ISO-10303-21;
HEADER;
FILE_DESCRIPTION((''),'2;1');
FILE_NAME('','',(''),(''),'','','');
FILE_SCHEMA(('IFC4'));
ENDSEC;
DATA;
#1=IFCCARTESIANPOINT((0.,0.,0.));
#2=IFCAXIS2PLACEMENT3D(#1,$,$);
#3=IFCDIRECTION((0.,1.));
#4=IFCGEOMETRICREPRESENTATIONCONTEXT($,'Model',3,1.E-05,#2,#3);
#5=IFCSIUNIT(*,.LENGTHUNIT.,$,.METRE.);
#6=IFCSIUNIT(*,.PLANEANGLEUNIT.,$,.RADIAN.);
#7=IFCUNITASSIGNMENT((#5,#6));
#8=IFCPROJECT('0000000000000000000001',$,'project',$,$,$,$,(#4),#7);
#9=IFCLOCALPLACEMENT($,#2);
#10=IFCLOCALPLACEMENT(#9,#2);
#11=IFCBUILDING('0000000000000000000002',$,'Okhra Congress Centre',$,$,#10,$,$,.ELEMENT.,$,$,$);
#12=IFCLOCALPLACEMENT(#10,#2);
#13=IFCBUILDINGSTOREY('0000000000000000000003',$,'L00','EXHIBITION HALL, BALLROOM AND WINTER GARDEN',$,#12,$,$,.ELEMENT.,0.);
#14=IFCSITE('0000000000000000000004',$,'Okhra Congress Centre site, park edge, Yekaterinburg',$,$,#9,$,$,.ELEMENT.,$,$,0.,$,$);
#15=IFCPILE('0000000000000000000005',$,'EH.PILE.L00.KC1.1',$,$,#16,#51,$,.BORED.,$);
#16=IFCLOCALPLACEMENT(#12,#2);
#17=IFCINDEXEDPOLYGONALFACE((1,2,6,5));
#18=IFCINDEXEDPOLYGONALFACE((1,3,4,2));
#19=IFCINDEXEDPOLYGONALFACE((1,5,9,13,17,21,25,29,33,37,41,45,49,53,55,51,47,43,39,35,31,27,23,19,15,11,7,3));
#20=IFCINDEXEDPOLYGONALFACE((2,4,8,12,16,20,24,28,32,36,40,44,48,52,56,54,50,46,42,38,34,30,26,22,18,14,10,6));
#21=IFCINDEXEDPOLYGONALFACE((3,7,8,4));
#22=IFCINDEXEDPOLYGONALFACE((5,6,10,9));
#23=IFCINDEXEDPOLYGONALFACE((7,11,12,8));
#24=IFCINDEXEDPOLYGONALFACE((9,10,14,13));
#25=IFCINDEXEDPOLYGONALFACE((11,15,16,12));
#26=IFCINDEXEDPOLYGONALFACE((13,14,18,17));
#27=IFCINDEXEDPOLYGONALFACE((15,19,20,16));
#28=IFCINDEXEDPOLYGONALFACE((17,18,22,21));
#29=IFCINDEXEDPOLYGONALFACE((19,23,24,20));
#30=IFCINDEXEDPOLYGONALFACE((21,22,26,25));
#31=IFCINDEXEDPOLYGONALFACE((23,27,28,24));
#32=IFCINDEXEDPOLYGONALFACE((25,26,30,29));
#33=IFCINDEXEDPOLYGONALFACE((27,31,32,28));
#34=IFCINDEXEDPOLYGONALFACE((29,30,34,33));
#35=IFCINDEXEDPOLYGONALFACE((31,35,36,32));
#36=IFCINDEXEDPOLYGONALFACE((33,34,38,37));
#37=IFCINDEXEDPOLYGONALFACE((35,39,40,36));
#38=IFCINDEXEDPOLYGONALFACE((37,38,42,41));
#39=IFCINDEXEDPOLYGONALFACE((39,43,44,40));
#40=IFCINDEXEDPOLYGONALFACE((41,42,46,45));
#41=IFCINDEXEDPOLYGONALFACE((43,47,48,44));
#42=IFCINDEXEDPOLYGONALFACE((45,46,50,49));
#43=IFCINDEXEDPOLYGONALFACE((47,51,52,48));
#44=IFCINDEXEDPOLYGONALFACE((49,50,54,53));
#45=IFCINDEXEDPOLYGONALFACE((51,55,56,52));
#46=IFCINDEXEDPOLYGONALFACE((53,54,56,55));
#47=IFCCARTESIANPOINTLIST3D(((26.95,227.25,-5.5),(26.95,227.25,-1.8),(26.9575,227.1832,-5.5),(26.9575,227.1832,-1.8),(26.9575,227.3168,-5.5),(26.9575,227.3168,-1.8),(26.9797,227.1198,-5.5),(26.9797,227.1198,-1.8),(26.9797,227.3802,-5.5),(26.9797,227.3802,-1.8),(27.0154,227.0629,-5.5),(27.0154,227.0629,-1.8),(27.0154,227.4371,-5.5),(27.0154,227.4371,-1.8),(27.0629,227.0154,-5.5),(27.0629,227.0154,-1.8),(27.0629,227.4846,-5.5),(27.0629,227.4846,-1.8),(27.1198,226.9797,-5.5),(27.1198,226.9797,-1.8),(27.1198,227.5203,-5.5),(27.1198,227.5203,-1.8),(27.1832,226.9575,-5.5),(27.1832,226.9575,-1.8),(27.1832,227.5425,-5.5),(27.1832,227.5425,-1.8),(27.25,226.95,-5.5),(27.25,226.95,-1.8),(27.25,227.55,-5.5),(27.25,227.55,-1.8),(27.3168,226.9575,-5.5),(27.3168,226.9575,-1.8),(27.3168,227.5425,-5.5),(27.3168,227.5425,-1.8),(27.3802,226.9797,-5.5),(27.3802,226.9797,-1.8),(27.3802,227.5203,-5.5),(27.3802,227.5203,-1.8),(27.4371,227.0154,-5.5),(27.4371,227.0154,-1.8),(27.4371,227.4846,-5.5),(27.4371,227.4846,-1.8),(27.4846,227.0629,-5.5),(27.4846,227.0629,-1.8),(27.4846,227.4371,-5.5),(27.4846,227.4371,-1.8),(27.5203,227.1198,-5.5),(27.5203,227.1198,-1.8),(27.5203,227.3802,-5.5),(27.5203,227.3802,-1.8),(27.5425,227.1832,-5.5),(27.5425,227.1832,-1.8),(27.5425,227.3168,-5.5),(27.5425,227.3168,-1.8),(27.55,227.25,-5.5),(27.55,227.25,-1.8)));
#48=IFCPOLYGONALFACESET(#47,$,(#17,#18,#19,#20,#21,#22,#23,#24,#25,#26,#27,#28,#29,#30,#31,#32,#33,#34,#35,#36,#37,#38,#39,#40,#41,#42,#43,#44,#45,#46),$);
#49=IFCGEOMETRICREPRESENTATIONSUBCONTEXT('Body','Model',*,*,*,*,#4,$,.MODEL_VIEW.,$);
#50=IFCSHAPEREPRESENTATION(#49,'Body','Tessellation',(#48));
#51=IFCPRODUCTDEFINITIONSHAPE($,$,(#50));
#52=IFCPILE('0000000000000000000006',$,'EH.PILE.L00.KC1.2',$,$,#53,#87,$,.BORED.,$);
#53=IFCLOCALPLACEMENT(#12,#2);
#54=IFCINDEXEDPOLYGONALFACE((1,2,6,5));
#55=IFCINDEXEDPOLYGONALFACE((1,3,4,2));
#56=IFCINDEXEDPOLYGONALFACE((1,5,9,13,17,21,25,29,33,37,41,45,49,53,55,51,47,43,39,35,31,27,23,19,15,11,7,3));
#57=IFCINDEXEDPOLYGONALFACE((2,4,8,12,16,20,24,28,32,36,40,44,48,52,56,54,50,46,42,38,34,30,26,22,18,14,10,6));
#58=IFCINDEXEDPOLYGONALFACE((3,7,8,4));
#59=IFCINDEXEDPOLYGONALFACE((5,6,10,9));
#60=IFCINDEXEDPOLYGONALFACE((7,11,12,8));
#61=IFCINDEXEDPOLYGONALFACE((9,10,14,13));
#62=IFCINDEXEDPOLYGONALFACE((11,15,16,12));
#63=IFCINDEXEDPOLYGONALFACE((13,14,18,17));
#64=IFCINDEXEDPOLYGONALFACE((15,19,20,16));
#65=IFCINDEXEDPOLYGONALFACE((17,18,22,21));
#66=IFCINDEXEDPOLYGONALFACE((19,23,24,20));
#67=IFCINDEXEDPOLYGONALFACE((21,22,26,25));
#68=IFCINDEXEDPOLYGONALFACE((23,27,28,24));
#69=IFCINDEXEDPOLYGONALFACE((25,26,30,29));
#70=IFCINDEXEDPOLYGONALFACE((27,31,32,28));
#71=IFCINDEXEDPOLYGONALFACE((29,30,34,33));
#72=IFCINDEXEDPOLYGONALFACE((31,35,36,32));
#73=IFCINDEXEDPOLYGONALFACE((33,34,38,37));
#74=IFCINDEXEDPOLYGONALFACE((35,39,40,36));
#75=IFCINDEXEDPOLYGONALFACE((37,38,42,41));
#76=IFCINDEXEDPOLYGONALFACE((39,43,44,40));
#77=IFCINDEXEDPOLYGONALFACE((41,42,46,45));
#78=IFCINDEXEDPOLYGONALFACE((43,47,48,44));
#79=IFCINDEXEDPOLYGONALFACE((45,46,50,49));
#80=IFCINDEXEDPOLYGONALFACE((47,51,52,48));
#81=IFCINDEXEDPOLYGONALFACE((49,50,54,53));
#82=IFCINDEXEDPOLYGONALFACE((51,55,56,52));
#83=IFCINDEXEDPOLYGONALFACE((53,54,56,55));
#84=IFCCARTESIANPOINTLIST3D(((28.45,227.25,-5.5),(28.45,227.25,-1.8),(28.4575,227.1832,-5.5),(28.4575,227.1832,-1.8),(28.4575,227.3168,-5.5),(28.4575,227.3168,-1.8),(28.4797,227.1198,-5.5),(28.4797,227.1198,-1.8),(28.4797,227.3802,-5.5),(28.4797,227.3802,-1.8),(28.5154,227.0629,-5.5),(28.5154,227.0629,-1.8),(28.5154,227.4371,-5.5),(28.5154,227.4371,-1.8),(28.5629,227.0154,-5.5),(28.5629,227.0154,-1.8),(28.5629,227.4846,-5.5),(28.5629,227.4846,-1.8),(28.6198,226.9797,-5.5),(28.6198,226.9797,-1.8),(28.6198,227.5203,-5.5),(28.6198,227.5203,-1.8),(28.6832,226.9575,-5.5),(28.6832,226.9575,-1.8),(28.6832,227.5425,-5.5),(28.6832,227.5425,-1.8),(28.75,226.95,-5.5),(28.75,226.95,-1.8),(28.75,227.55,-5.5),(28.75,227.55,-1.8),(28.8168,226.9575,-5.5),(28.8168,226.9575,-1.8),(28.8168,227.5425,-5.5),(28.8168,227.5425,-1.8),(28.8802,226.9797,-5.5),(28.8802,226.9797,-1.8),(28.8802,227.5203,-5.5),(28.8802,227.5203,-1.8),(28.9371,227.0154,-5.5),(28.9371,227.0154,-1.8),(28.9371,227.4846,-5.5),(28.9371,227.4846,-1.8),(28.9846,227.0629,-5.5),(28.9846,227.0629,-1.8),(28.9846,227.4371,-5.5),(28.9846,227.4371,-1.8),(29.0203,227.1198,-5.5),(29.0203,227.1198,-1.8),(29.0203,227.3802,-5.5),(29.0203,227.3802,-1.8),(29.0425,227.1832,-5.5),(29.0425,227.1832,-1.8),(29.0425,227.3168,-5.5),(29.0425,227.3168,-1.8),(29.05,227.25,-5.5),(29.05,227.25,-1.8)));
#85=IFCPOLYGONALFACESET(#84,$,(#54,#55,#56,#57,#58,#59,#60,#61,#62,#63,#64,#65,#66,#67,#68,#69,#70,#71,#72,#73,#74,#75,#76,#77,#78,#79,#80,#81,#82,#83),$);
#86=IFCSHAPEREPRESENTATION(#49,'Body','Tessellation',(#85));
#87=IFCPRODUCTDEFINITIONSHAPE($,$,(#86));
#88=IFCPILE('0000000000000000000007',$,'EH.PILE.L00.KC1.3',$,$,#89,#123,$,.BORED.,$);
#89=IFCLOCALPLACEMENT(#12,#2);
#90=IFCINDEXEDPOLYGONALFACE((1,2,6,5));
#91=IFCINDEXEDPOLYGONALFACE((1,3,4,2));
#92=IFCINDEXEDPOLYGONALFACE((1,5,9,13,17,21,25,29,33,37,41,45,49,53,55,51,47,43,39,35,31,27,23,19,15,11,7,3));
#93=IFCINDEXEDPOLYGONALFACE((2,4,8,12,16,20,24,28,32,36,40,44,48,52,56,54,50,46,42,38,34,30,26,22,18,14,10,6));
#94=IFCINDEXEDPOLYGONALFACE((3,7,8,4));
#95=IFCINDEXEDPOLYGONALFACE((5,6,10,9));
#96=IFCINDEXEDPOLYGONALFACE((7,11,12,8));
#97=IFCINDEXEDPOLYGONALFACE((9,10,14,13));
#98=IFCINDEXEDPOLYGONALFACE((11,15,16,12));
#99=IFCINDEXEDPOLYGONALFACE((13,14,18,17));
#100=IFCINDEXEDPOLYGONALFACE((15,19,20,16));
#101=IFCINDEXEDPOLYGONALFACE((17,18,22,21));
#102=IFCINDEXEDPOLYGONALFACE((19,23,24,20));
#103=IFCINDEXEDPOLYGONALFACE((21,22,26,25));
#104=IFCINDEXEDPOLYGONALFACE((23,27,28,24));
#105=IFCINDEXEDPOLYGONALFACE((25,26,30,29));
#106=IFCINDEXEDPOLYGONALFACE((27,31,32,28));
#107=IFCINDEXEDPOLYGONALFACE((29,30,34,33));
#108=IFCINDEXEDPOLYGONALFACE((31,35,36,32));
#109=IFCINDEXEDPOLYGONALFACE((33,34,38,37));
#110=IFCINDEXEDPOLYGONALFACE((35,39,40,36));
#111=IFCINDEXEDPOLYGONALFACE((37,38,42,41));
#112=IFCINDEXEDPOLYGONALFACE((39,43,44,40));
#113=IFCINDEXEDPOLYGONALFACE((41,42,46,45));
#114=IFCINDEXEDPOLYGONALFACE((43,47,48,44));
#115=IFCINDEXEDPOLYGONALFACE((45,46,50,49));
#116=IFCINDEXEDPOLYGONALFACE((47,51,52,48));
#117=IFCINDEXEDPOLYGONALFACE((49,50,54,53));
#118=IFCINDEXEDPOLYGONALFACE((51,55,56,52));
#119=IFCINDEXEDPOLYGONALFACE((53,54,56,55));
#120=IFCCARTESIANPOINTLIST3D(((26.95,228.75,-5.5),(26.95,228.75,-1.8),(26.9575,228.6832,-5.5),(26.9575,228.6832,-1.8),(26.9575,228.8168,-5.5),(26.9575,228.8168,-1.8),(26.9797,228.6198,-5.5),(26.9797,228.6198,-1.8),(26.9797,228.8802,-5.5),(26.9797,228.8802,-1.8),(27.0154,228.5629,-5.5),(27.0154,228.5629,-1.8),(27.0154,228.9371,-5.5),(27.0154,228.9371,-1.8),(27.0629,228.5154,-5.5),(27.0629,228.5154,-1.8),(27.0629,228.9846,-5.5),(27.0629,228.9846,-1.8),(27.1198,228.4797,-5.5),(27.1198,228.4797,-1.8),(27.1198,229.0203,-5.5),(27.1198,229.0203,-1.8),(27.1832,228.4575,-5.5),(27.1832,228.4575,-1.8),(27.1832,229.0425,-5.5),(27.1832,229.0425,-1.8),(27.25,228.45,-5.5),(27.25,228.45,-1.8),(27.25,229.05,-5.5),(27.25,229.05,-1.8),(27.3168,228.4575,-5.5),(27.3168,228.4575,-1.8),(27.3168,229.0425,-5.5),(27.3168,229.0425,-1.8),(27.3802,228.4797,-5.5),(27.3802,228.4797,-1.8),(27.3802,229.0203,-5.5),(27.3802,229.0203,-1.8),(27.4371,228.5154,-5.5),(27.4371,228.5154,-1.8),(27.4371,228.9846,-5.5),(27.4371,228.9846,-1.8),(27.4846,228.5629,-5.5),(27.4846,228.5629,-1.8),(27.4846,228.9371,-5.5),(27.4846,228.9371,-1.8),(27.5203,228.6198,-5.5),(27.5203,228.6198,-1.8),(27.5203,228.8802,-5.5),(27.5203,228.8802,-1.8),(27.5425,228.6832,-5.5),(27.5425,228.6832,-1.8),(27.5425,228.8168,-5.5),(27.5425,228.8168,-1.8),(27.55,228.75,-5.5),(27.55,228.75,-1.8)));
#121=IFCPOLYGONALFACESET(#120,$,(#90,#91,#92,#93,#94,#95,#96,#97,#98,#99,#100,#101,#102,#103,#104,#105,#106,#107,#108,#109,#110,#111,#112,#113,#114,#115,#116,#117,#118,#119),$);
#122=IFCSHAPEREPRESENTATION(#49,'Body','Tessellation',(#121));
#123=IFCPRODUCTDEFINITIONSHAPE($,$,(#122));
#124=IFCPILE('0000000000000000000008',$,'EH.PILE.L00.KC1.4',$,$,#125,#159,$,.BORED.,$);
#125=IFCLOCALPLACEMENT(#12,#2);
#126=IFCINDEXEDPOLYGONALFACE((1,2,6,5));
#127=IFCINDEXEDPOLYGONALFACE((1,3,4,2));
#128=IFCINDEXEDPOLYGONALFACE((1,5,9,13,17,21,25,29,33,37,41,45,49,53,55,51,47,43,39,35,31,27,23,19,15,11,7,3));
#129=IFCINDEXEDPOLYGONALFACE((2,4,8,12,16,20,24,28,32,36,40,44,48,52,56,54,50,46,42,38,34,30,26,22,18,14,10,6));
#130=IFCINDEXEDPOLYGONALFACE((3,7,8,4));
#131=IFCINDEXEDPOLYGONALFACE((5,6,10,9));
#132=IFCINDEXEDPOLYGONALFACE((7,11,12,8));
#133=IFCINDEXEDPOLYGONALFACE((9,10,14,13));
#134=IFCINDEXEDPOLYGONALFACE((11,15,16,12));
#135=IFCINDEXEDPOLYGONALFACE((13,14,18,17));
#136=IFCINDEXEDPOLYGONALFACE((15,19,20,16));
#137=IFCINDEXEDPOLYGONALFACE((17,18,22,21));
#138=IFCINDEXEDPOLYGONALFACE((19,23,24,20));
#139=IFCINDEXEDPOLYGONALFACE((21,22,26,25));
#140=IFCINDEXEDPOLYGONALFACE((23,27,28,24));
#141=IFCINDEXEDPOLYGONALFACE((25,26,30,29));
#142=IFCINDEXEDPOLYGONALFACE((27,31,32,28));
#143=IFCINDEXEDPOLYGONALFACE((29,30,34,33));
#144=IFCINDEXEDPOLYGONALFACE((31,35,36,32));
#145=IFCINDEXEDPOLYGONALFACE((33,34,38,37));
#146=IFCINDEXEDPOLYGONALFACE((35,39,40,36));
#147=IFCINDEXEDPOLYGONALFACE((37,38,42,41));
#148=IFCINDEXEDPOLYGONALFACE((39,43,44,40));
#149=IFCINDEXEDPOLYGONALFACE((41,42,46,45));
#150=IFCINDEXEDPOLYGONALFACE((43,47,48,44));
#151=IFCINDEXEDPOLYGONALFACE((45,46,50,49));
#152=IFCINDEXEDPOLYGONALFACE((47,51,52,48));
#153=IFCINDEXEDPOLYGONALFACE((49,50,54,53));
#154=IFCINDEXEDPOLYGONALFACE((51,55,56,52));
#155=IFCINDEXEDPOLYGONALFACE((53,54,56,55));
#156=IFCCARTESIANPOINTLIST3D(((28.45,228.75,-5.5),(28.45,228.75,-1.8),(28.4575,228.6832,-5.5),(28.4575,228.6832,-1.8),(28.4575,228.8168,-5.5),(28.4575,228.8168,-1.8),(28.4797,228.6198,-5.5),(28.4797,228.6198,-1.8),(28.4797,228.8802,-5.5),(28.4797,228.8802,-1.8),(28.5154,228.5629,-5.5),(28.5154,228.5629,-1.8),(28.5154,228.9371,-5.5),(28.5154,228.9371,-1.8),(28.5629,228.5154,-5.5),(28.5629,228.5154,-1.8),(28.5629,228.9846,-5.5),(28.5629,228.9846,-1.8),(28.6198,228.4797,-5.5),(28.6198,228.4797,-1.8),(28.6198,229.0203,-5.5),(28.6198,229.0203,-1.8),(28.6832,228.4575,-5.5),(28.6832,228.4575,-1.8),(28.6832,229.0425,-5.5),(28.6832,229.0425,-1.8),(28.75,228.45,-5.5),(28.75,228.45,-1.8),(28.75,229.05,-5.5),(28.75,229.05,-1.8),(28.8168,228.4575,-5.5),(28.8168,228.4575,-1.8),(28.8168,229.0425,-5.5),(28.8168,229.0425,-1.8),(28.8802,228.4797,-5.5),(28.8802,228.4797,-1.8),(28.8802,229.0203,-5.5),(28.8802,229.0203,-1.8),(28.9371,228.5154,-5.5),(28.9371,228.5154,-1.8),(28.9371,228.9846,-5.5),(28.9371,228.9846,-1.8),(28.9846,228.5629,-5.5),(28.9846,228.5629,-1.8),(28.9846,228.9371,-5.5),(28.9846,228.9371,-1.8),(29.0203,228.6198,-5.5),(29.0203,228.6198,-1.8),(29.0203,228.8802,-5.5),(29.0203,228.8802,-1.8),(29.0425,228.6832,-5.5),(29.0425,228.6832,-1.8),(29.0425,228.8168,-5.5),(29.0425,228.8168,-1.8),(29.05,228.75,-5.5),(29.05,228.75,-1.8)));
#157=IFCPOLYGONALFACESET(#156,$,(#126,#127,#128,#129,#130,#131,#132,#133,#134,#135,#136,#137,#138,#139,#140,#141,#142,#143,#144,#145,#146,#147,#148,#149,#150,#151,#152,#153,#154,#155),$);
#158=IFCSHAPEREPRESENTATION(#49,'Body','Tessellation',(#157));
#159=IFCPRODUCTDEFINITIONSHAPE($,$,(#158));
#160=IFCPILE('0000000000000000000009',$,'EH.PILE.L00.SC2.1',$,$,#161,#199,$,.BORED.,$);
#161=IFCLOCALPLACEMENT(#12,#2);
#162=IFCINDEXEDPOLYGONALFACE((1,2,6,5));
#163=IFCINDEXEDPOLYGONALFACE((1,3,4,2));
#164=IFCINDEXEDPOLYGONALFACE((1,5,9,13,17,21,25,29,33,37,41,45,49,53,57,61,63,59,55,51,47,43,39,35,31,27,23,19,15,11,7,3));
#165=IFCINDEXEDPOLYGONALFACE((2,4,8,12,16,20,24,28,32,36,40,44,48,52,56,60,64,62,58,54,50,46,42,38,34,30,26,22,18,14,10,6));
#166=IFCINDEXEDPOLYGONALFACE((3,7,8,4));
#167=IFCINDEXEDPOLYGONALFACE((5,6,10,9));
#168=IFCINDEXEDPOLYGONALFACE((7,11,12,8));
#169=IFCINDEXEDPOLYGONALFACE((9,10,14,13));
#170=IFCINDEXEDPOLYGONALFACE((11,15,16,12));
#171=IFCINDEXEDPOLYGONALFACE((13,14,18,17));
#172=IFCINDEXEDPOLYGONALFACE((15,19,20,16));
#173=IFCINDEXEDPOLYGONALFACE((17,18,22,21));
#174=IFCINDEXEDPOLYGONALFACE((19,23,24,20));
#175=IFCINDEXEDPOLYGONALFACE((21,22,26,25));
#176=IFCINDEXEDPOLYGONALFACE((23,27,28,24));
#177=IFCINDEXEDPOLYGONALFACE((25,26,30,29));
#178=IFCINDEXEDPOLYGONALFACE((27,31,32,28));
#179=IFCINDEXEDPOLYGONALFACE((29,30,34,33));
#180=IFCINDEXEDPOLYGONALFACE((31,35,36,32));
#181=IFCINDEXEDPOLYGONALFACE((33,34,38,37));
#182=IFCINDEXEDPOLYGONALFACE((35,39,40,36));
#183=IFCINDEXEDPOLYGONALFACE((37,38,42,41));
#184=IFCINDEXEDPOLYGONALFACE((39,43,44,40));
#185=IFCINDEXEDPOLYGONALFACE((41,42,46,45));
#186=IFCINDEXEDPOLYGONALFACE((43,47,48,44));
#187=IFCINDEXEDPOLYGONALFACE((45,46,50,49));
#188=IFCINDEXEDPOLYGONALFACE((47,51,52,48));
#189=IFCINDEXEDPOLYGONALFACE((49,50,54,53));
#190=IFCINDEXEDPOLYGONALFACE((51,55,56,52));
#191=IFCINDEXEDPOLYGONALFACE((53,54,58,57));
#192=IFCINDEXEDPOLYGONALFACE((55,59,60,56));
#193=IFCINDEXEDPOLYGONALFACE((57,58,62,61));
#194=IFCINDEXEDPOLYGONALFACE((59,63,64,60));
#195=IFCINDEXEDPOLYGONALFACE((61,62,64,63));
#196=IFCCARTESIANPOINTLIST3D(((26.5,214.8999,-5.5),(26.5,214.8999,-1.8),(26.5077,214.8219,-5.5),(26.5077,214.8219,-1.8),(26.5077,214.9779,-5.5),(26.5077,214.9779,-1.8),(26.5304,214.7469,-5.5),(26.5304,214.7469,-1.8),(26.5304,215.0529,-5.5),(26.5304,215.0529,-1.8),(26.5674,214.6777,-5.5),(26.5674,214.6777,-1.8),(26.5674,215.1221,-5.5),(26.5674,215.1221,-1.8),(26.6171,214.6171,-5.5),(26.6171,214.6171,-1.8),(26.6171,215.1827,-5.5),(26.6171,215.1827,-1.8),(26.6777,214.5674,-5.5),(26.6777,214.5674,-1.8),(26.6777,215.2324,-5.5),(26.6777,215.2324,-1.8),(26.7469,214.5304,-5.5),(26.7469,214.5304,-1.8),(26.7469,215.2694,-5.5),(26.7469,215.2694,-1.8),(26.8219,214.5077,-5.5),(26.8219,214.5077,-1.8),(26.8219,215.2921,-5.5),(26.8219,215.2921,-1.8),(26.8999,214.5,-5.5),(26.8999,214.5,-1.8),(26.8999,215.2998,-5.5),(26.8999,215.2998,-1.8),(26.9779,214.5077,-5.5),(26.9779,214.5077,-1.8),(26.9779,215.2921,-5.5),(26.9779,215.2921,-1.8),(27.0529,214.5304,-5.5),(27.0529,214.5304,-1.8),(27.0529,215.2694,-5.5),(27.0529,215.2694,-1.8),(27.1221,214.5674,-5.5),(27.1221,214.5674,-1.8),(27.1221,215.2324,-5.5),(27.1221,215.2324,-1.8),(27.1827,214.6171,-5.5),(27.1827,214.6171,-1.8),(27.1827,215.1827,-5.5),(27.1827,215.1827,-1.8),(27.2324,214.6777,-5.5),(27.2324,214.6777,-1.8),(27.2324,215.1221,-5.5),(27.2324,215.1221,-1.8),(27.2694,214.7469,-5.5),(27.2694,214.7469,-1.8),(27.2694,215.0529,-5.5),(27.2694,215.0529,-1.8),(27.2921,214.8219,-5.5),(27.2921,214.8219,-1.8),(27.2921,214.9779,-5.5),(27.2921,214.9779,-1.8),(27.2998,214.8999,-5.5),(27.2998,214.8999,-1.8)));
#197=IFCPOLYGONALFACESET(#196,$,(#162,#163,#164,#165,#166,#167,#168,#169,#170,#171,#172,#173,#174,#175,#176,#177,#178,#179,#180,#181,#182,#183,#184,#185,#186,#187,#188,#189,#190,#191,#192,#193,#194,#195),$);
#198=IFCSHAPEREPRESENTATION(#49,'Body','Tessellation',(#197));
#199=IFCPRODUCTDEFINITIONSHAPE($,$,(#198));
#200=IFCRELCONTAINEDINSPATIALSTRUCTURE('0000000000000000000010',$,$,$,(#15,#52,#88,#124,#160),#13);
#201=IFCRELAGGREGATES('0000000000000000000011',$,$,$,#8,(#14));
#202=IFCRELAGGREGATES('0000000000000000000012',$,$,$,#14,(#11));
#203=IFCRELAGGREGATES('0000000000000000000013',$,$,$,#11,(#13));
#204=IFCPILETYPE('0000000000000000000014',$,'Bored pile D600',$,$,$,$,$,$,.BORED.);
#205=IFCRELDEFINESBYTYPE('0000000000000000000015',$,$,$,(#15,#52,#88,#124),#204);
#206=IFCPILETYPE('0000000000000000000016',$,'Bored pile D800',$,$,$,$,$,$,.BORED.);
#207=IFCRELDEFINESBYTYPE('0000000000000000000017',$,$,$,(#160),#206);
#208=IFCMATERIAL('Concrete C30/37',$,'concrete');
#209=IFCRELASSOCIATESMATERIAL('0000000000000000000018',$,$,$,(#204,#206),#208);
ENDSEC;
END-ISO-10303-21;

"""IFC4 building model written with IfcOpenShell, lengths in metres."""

from ifc_helpers import new_model, si_unit, direction, frame, origin, origin_2d, place, context, subcontext, project, spatial, circle, extrude, material, material_profile, profile_set, type_object, element, save


model = new_model("IFC4")

# Units and contexts
model_context = context("Model", 3, precision=1e-05, world=origin(), true_north=direction((0.0, 1.0)))
body_context = subcontext(model_context, "Body", "Model", "MODEL_VIEW")
ifc_project = project(units=[si_unit("LENGTHUNIT", "METRE"), si_unit("PLANEANGLEUNIT", "RADIAN")], contexts=[model_context])

# Site, building, storey
site_placement = place(None, origin())
site = spatial("IfcSite", under=ifc_project, at=site_placement, Name="Okhra Congress Centre site, park edge, Yekaterinburg", CompositionType="ELEMENT", RefElevation=0.0)
building_placement = place(site_placement, origin())
building = spatial("IfcBuilding", under=site, at=building_placement, Name="Okhra Congress Centre", CompositionType="ELEMENT")
storey_placement = place(building_placement, origin())
storey = spatial("IfcBuildingStorey", under=building, at=storey_placement, Name="L00", Description="EXHIBITION HALL, BALLROOM AND WINTER GARDEN", CompositionType="ELEMENT", Elevation=0.0)

# Piles
ifc_material_1 = material(Name="Concrete C30/37", Category="concrete")
ifc_material_profile_1 = material_profile(ifc_material_1, circle(Radius=0.3, at=origin_2d()), Name="D600")
ifc_profile_set_1 = profile_set([ifc_material_profile_1], Name="Concrete C30/37")
pile_type_1 = type_object("IfcPileType", Name="Bored pile D600", PredefinedType="BORED", material=ifc_profile_set_1)
for number, where, z_axis, x_axis, name in (
    (1, (27.25, 227.25, -1.8), (0.0, 0.0, -1.0), (1.0, 0.0, 0.0), "EH.PILE.L00.KC1.1"),
    (2, (28.75, 227.25, -1.8), (0.0, 0.0, -1.0), (1.0, 0.0, 0.0), "EH.PILE.L00.KC1.2"),
    (3, (27.25, 228.75, -1.8), (0.0, 0.0, -1.0), (1.0, 0.0, 0.0), "EH.PILE.L00.KC1.3"),
    (4, (28.75, 228.75, -1.8), (0.0, 0.0, -1.0), (1.0, 0.0, 0.0), "EH.PILE.L00.KC1.4"),
):
    element("IfcPile", number, at=place(storey_placement, frame(where, z_axis=z_axis, x_axis=x_axis)), inside=storey, type_object=pile_type_1, Name=name, PredefinedType="BORED", context=body_context, shape_type="SweptSolid", body=[
        extrude(circle(Radius=0.3, at=origin_2d()), origin(), (0.0, 0.0, 1.0), 3.7),
    ])
ifc_material_profile_2 = material_profile(ifc_material_1, circle(Radius=0.3999, at=origin_2d()), Name="D800")
ifc_profile_set_2 = profile_set([ifc_material_profile_2], Name="Concrete C30/37")
pile_type_2 = type_object("IfcPileType", Name="Bored pile D800", PredefinedType="BORED", material=ifc_profile_set_2)
for number, where, z_axis, x_axis, name in (
    (5, (26.8999, 214.8999, -1.8), (0.0, 0.0, -1.0), (1.0, 0.0, 0.0), "EH.PILE.L00.SC2.1"),
):
    element("IfcPile", number, at=place(storey_placement, frame(where, z_axis=z_axis, x_axis=x_axis)), inside=storey, type_object=pile_type_2, Name=name, PredefinedType="BORED", context=body_context, shape_type="SweptSolid", body=[
        extrude(circle(Radius=0.3999, at=origin_2d()), origin(), (0.0, 0.0, 1.0), 3.7),
    ])

save(model, "model.ifc")
